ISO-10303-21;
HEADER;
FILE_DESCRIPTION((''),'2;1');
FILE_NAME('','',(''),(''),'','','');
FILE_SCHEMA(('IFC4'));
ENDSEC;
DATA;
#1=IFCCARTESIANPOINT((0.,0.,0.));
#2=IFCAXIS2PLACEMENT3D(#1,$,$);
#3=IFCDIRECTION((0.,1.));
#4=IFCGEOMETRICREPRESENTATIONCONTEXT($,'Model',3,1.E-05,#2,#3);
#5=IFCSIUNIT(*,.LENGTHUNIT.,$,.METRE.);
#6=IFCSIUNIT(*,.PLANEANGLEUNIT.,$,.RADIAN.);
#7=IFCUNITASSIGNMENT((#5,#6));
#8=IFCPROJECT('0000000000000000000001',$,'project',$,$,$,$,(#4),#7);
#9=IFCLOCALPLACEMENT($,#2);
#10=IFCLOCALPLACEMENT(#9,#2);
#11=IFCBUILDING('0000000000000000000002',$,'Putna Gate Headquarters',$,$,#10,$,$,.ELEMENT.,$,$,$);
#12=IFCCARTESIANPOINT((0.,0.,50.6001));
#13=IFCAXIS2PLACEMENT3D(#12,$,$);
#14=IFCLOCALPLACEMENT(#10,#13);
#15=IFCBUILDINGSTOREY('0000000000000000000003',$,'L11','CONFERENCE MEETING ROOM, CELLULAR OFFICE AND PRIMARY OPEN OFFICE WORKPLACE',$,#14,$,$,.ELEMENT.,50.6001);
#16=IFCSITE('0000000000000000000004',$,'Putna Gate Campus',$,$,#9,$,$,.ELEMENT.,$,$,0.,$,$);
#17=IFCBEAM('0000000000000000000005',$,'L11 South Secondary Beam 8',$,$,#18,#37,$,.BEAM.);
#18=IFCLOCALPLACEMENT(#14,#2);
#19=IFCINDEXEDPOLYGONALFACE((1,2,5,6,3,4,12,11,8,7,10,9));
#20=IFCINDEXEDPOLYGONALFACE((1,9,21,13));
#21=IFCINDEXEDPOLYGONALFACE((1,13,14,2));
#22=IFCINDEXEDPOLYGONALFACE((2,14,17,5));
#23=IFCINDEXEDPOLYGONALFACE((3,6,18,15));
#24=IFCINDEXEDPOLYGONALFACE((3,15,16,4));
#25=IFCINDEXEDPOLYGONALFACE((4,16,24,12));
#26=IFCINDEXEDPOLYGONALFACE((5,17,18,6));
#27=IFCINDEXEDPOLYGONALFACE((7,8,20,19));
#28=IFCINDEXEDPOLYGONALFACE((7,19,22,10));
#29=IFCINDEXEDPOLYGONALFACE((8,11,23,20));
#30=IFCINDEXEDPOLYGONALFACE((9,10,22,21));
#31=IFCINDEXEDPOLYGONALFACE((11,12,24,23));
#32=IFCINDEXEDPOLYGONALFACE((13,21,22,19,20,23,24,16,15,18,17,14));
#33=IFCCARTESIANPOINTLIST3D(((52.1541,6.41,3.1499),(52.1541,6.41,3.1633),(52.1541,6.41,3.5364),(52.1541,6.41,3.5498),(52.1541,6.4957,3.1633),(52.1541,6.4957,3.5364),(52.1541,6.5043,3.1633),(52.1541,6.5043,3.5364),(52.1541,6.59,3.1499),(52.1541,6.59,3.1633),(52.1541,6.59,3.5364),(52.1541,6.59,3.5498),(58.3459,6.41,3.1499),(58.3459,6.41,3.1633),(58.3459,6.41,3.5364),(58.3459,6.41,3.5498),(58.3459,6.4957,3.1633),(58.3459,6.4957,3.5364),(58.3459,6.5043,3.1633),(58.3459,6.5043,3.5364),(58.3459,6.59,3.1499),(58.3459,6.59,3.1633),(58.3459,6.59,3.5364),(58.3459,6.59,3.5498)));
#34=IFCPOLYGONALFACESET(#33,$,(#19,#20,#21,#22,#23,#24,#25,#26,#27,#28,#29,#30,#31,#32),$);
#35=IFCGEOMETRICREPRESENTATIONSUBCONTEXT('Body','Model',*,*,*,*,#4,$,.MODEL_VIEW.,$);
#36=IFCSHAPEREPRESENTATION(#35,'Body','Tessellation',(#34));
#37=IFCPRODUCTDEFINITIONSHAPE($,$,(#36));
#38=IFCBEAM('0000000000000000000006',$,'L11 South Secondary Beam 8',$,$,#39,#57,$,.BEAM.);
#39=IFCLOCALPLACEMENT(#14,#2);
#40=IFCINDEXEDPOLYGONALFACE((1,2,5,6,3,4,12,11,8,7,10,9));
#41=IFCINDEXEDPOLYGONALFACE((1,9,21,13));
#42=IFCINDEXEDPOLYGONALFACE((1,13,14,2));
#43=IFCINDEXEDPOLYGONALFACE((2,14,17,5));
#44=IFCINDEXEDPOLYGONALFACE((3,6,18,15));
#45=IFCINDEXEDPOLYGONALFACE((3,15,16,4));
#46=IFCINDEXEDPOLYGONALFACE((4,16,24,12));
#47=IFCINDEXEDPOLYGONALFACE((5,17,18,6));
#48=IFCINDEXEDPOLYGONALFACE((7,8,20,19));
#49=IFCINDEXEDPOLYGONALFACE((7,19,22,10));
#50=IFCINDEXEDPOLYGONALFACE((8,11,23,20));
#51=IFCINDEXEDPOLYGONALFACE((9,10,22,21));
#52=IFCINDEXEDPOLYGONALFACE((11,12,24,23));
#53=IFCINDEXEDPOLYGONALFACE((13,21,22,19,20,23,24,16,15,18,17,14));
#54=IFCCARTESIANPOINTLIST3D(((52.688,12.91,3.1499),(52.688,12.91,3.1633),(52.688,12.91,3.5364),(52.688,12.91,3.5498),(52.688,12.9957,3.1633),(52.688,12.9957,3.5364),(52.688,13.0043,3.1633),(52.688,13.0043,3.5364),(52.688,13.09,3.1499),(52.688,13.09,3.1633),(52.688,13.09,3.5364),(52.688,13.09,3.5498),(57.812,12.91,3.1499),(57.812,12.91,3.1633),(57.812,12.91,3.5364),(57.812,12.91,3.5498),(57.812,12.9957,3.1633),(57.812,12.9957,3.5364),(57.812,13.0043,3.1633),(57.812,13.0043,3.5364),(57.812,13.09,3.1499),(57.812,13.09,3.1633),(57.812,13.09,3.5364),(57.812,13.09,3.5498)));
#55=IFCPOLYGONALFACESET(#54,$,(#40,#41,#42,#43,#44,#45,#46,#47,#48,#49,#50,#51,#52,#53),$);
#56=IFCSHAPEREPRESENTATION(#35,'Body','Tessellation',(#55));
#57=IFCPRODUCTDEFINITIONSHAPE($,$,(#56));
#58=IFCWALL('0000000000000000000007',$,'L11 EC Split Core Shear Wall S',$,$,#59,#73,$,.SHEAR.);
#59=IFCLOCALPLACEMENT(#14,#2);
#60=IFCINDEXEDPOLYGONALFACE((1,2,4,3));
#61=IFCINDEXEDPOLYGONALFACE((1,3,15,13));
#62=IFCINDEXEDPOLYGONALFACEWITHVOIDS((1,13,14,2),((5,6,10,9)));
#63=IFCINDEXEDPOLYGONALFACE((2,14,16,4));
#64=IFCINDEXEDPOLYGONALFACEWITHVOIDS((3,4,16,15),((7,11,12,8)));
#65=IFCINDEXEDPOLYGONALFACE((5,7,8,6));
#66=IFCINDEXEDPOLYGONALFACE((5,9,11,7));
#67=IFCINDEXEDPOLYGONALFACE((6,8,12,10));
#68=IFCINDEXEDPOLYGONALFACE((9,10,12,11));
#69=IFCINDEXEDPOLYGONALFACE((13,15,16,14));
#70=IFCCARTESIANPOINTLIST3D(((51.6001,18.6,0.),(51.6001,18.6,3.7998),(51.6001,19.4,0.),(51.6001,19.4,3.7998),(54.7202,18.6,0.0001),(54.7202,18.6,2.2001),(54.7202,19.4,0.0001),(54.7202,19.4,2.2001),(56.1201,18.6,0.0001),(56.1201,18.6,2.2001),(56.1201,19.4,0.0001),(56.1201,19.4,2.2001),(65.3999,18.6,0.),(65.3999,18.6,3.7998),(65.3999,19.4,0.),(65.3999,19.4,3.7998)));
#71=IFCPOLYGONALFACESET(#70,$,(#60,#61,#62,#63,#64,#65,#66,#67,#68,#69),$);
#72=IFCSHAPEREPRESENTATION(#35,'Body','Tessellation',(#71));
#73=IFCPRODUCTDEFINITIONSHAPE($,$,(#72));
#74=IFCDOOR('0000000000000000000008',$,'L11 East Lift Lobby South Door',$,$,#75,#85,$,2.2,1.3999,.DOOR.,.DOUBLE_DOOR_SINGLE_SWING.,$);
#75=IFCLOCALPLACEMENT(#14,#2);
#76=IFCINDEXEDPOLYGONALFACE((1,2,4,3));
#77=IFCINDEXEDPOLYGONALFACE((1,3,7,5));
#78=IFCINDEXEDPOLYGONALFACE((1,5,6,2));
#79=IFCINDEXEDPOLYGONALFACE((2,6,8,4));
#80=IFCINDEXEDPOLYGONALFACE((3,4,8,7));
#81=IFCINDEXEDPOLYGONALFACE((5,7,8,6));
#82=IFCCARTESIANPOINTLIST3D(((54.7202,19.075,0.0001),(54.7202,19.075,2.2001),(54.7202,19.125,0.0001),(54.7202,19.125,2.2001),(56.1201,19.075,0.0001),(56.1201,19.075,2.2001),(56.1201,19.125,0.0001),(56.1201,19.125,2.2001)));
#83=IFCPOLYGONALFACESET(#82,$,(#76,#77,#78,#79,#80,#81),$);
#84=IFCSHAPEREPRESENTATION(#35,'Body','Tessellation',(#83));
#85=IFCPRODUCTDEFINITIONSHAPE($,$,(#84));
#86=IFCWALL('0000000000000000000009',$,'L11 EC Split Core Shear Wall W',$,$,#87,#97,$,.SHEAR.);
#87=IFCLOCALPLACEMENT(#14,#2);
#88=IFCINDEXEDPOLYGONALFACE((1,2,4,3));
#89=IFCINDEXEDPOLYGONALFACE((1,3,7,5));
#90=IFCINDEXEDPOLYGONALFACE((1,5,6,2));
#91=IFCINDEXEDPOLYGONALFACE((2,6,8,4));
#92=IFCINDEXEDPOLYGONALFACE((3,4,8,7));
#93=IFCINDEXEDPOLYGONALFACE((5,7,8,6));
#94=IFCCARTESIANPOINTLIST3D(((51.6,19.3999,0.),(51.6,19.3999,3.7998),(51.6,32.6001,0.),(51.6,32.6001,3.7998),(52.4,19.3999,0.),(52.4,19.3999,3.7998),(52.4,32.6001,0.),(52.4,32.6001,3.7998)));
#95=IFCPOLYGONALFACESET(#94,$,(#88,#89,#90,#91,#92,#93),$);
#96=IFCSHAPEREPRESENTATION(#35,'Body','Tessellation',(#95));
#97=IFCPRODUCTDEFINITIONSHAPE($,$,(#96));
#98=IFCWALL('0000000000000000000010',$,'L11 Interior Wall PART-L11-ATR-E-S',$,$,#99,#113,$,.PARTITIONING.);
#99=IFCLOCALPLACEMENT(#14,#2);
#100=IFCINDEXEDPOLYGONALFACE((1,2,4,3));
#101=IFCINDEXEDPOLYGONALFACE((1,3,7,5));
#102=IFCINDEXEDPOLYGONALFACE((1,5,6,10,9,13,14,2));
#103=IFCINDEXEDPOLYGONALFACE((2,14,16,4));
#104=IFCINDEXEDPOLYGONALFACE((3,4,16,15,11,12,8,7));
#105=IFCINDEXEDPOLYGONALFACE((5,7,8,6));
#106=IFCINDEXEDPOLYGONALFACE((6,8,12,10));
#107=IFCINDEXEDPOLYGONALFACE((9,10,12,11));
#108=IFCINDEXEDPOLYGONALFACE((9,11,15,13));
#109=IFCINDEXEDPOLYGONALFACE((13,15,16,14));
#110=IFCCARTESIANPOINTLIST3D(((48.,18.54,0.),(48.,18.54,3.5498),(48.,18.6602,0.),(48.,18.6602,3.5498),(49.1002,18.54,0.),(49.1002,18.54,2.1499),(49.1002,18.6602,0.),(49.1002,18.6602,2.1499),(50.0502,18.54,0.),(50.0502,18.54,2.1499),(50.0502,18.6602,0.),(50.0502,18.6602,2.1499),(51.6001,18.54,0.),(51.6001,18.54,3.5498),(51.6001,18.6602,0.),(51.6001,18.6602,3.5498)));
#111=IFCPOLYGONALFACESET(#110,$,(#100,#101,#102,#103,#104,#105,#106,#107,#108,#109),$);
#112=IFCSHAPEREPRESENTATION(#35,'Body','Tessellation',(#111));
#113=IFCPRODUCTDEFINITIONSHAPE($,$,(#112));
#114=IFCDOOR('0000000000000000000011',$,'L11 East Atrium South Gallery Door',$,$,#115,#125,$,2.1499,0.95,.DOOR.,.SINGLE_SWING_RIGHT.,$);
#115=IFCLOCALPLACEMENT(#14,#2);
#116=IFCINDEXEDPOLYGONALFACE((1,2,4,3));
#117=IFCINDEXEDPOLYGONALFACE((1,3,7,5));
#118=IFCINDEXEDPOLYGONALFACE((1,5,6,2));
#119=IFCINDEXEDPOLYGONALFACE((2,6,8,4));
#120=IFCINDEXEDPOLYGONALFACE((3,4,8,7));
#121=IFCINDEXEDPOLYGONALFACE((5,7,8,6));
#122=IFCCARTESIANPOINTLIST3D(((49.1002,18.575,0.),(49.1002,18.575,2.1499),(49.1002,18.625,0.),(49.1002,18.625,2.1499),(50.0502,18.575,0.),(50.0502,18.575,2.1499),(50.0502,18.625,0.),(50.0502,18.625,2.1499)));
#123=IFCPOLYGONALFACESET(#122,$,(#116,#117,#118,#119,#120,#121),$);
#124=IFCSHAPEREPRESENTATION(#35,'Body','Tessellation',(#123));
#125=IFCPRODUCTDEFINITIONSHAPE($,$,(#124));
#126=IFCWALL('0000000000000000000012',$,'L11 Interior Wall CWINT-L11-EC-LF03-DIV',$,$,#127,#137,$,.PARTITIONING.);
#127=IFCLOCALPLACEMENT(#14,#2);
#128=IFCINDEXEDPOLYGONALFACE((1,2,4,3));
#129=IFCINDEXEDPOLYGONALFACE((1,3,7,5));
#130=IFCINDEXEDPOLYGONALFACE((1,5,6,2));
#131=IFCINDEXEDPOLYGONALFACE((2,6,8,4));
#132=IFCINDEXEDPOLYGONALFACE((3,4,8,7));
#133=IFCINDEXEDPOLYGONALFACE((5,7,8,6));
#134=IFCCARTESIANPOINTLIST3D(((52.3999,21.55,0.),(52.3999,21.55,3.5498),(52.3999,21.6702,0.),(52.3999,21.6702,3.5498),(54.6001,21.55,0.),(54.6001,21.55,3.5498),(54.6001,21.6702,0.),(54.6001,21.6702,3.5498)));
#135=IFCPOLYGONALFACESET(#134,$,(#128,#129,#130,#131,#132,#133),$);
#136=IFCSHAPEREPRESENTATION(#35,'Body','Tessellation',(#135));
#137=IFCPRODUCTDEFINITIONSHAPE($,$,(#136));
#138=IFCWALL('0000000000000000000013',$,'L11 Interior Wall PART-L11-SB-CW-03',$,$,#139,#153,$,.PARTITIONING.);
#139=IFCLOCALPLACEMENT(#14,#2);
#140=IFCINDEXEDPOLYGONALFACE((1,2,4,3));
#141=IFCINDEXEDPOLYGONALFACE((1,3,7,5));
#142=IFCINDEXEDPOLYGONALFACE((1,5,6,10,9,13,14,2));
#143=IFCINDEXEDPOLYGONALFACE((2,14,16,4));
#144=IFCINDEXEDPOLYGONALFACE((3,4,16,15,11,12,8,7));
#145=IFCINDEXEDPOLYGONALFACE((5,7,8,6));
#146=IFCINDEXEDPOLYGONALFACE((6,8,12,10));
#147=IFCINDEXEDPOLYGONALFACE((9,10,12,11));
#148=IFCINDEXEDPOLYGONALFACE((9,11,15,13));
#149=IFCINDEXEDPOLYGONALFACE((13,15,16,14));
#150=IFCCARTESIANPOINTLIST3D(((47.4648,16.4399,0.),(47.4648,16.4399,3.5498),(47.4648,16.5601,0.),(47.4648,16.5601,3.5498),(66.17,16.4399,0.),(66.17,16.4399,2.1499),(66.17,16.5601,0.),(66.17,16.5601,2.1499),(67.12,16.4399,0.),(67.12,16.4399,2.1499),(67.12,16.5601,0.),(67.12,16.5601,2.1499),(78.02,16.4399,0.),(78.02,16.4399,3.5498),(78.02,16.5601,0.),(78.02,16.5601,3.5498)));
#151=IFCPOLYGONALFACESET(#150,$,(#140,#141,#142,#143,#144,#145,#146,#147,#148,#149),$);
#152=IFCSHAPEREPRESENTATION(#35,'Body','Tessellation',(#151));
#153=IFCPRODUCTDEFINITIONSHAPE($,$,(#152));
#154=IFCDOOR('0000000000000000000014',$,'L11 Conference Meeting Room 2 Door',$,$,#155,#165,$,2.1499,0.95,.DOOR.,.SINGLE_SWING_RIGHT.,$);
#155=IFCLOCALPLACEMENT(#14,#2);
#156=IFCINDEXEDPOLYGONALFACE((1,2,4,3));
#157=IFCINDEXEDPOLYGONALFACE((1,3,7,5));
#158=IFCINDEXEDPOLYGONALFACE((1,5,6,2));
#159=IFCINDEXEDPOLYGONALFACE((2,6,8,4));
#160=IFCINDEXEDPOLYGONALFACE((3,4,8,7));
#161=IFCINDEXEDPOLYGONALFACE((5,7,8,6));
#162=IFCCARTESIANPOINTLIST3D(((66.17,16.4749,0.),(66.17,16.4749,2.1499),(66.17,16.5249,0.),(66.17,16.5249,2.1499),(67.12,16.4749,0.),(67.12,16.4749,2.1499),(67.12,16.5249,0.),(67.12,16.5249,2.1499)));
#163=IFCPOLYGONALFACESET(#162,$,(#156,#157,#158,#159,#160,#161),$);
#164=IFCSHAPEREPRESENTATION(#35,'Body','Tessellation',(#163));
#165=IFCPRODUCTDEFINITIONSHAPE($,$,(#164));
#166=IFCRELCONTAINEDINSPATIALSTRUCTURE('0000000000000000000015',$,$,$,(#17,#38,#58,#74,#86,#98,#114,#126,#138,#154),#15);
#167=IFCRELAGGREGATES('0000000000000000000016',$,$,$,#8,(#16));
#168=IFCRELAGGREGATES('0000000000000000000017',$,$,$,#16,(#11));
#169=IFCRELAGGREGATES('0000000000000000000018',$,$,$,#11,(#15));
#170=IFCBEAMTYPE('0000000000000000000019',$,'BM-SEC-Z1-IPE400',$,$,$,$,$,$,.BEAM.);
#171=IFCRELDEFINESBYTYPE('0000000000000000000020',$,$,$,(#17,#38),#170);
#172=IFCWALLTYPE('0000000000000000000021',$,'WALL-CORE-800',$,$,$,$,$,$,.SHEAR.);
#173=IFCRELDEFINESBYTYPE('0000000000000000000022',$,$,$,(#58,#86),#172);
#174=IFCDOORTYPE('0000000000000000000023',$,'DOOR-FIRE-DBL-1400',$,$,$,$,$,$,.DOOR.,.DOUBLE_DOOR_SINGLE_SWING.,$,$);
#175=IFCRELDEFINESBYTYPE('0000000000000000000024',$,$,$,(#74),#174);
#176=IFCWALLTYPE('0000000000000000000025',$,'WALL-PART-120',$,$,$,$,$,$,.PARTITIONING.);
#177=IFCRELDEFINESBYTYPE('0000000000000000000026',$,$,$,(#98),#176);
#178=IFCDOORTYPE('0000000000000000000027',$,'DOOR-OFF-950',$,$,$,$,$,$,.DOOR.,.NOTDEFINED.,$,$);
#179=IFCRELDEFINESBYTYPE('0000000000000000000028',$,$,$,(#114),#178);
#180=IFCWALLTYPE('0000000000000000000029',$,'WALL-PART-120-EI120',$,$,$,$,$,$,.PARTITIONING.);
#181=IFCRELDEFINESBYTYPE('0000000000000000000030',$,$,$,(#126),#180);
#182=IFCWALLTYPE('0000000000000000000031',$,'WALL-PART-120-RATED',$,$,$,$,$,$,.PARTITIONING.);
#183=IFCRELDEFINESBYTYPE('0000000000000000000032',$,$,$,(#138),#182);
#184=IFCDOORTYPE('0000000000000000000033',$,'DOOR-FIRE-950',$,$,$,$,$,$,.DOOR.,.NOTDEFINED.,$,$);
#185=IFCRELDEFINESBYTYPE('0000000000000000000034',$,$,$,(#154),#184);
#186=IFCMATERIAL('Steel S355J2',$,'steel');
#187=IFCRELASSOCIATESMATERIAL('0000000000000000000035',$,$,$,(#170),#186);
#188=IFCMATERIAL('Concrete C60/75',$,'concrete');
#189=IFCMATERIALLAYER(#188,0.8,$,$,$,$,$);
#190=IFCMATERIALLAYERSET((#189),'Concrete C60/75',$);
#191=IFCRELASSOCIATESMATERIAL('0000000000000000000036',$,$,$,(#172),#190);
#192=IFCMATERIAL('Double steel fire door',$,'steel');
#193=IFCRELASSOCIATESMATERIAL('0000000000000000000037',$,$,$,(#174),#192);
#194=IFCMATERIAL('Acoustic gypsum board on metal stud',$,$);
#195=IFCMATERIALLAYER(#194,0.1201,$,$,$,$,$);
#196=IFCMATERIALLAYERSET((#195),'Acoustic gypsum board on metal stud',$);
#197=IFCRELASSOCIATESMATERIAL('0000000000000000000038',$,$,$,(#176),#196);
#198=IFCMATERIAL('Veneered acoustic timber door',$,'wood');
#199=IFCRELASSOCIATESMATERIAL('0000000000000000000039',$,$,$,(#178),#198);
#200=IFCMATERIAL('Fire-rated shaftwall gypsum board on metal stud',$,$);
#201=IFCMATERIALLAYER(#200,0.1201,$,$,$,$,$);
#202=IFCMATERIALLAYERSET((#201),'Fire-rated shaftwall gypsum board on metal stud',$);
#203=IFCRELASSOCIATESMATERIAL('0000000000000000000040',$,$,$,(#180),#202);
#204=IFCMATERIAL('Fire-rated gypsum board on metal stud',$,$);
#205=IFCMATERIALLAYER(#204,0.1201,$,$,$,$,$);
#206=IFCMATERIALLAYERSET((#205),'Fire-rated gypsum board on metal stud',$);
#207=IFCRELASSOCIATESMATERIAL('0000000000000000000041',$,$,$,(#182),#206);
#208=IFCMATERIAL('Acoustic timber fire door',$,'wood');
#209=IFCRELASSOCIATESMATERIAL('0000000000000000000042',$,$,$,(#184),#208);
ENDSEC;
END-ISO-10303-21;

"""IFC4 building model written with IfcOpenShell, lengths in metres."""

from ifc_helpers import new_model, si_unit, direction, frame, frame_2d, origin, origin_2d, place, context, subcontext, project, spatial, rectangle, i_section, extrude, material, layer, layer_set, material_profile, profile_set, type_object, element, fill, save


model = new_model("IFC4")

# Units and contexts
model_context = context("Model", 3, precision=1e-05, world=origin(), true_north=direction((0.0, 1.0)))
body_context = subcontext(model_context, "Body", "Model", "MODEL_VIEW")
ifc_project = project(units=[si_unit("LENGTHUNIT", "METRE"), si_unit("PLANEANGLEUNIT", "RADIAN")], contexts=[model_context])

# Site, building, storey
site_placement = place(None, origin())
site = spatial("IfcSite", under=ifc_project, at=site_placement, Name="Putna Gate Campus", CompositionType="ELEMENT", RefElevation=0.0)
building_placement = place(site_placement, origin())
building = spatial("IfcBuilding", under=site, at=building_placement, Name="Putna Gate Headquarters", CompositionType="ELEMENT")
storey_placement = place(building_placement, frame((0.0, 0.0, 50.6001)))
storey = spatial("IfcBuildingStorey", under=building, at=storey_placement, Name="L11", Description="CONFERENCE MEETING ROOM, CELLULAR OFFICE AND PRIMARY OPEN OFFICE WORKPLACE", CompositionType="ELEMENT", Elevation=50.6001)

# Shared definitions
ifc_material_1 = material(Name="Concrete C60/75", Category="concrete")

# Beams
ifc_material_2 = material(Name="Steel S355J2", Category="steel")
ifc_material_profile_1 = material_profile(ifc_material_2, i_section(OverallWidth=0.1799, OverallDepth=0.3999, WebThickness=0.0085, FlangeThickness=0.0134, at=origin_2d()), Name="Steel S355J2")
ifc_profile_set_1 = profile_set([ifc_material_profile_1], Name="Steel S355J2")
beam_type_1 = type_object("IfcBeamType", Name="BM-SEC-Z1-IPE400", PredefinedType="BEAM", material=ifc_profile_set_1)
beam_1_placement = place(storey_placement, frame((52.1541, 6.5, 3.3499), z_axis=(1.0, 0.0, 0.0), x_axis=(0.0, 1.0, 0.0)))
element("IfcBeam", 1, at=beam_1_placement, inside=storey, type_object=beam_type_1, Name="L11 South Secondary Beam 8", PredefinedType="BEAM", context=body_context, shape_type="SweptSolid", body=[
    extrude(i_section(OverallWidth=0.1799, OverallDepth=0.3999, WebThickness=0.0085, FlangeThickness=0.0134, at=origin_2d()), origin(), (0.0, 0.0, 1.0), 6.1919),
])
beam_2_placement = place(storey_placement, frame((52.688, 13.0, 3.3499), z_axis=(1.0, 0.0, 0.0), x_axis=(0.0, 1.0, 0.0)))
element("IfcBeam", 2, at=beam_2_placement, inside=storey, type_object=beam_type_1, Name="L11 South Secondary Beam 8", PredefinedType="BEAM", context=body_context, shape_type="SweptSolid", body=[
    extrude(i_section(OverallWidth=0.1799, OverallDepth=0.3999, WebThickness=0.0085, FlangeThickness=0.0134, at=origin_2d()), origin(), (0.0, 0.0, 1.0), 5.124),
])

# Wall, opening, door
ifc_layer_1 = layer(ifc_material_1, 0.8)
ifc_layer_set_1 = layer_set([ifc_layer_1], Name="Concrete C60/75")
wall_type_1 = type_object("IfcWallType", Name="WALL-CORE-800", PredefinedType="SHEAR", material=ifc_layer_set_1)
wall_1_placement = place(storey_placement, frame((51.6001, 19.0, 0.0), z_axis=(0.0, 0.0, 1.0), x_axis=(1.0, 0.0, 0.0)))
wall_1 = element("IfcWall", 3, at=wall_1_placement, inside=storey, type_object=wall_type_1, Name="L11 EC Split Core Shear Wall S", PredefinedType="SHEAR", context=body_context, shape_type="SweptSolid", body=[
    extrude(rectangle(XDim=13.7998, YDim=0.8, at=frame_2d((6.8999, 0.0))), origin(), (0.0, 0.0, 1.0), 3.7998),
])
opening_1_placement = place(wall_1_placement, frame((3.1201, 0.0, 0.0)))
opening_1 = element("IfcOpeningElement", 4, at=opening_1_placement, cuts=wall_1, PredefinedType="OPENING", context=body_context, shape_type="SweptSolid", body=[
    extrude(rectangle(XDim=1.3999, YDim=2.2, at=frame_2d((0.7, 1.1001))), frame((0.0, 0.4099, 0.0), z_axis=(0.0, -1.0, 0.0), x_axis=(1.0, 0.0, 0.0)), (0.0, 0.0, 1.0), 0.8201),
])
ifc_material_3 = material(Name="Double steel fire door", Category="steel")
door_type_1 = type_object("IfcDoorType", Name="DOOR-FIRE-DBL-1400", OperationType="DOUBLE_DOOR_SINGLE_SWING", PredefinedType="DOOR", material=ifc_material_3)
door_1_placement = place(opening_1_placement, origin())
door_1 = element("IfcDoor", 5, at=door_1_placement, inside=storey, type_object=door_type_1, Name="L11 East Lift Lobby South Door", OperationType="DOUBLE_DOOR_SINGLE_SWING", OverallHeight=2.2, OverallWidth=1.3999, PredefinedType="DOOR", context=body_context, shape_type="SweptSolid", body=[
    extrude(rectangle(XDim=1.3999, YDim=2.2, at=frame_2d((0.7, 1.1001))), frame((0.0, 0.125, 0.0), z_axis=(0.0, -1.0, 0.0), x_axis=(1.0, 0.0, 0.0)), (0.0, 0.0, 1.0), 0.05),
])
fill(opening_1, door_1)

# Wall
wall_2_placement = place(storey_placement, frame((52.0, 19.3999, 0.0), z_axis=(0.0, 0.0, 1.0), x_axis=(0.0, 1.0, 0.0)))
element("IfcWall", 6, at=wall_2_placement, inside=storey, type_object=wall_type_1, Name="L11 EC Split Core Shear Wall W", PredefinedType="SHEAR", context=body_context, shape_type="SweptSolid", body=[
    extrude(rectangle(XDim=13.2002, YDim=0.8, at=frame_2d((6.6001, 0.0))), origin(), (0.0, 0.0, 1.0), 3.7998),
])

# Wall, opening, door
ifc_material_4 = material(Name="Acoustic gypsum board on metal stud")
ifc_layer_2 = layer(ifc_material_4, 0.1201)
ifc_layer_set_2 = layer_set([ifc_layer_2], Name="Acoustic gypsum board on metal stud")
wall_type_2 = type_object("IfcWallType", Name="WALL-PART-120", PredefinedType="PARTITIONING", material=ifc_layer_set_2)
wall_3_placement = place(storey_placement, frame((48.0, 18.6001, 0.0), z_axis=(0.0, 0.0, 1.0), x_axis=(1.0, 0.0, 0.0)))
wall_3 = element("IfcWall", 7, at=wall_3_placement, inside=storey, type_object=wall_type_2, Name="L11 Interior Wall PART-L11-ATR-E-S", PredefinedType="PARTITIONING", context=body_context, shape_type="SweptSolid", body=[
    extrude(rectangle(XDim=3.6001, YDim=0.1201, at=frame_2d((1.8, 0.0))), origin(), (0.0, 0.0, 1.0), 3.5498),
])
opening_2_placement = place(wall_3_placement, frame((1.1001, 0.0, 0.0)))
opening_2 = element("IfcOpeningElement", 8, at=opening_2_placement, cuts=wall_3, PredefinedType="OPENING", context=body_context, shape_type="SweptSolid", body=[
    extrude(rectangle(XDim=0.95, YDim=2.1499, at=frame_2d((0.4751, 1.075))), frame((0.0, 0.0701, 0.0), z_axis=(0.0, -1.0, 0.0), x_axis=(1.0, 0.0, 0.0)), (0.0, 0.0, 1.0), 0.1401),
])
ifc_material_5 = material(Name="Veneered acoustic timber door", Category="wood")
door_type_2 = type_object("IfcDoorType", Name="DOOR-OFF-950", OperationType="NOTDEFINED", PredefinedType="DOOR", material=ifc_material_5)
door_2_placement = place(opening_2_placement, origin())
door_2 = element("IfcDoor", 9, at=door_2_placement, inside=storey, type_object=door_type_2, Name="L11 East Atrium South Gallery Door", OperationType="SINGLE_SWING_RIGHT", OverallHeight=2.1499, OverallWidth=0.95, PredefinedType="DOOR", context=body_context, shape_type="SweptSolid", body=[
    extrude(rectangle(XDim=0.95, YDim=2.1499, at=frame_2d((0.4751, 1.075))), frame((0.0, 0.0249, 0.0), z_axis=(0.0, -1.0, 0.0), x_axis=(1.0, 0.0, 0.0)), (0.0, 0.0, 1.0), 0.05),
])
fill(opening_2, door_2)

# Wall
ifc_material_6 = material(Name="Fire-rated shaftwall gypsum board on metal stud")
ifc_layer_3 = layer(ifc_material_6, 0.1201)
ifc_layer_set_3 = layer_set([ifc_layer_3], Name="Fire-rated shaftwall gypsum board on metal stud")
wall_type_3 = type_object("IfcWallType", Name="WALL-PART-120-EI120", PredefinedType="PARTITIONING", material=ifc_layer_set_3)
wall_4_placement = place(storey_placement, frame((52.3999, 21.6101, 0.0), z_axis=(0.0, 0.0, 1.0), x_axis=(1.0, 0.0, 0.0)))
element("IfcWall", 10, at=wall_4_placement, inside=storey, type_object=wall_type_3, Name="L11 Interior Wall CWINT-L11-EC-LF03-DIV", PredefinedType="PARTITIONING", context=body_context, shape_type="SweptSolid", body=[
    extrude(rectangle(XDim=2.2002, YDim=0.1201, at=frame_2d((1.1001, 0.0))), origin(), (0.0, 0.0, 1.0), 3.5498),
])

# Wall, opening, door
ifc_material_7 = material(Name="Fire-rated gypsum board on metal stud")
ifc_layer_4 = layer(ifc_material_7, 0.1201)
ifc_layer_set_4 = layer_set([ifc_layer_4], Name="Fire-rated gypsum board on metal stud")
wall_type_4 = type_object("IfcWallType", Name="WALL-PART-120-RATED", PredefinedType="PARTITIONING", material=ifc_layer_set_4)
wall_5_placement = place(storey_placement, frame((47.4648, 16.5, 0.0), z_axis=(0.0, 0.0, 1.0), x_axis=(1.0, 0.0, 0.0)))
wall_5 = element("IfcWall", 11, at=wall_5_placement, inside=storey, type_object=wall_type_4, Name="L11 Interior Wall PART-L11-SB-CW-03", PredefinedType="PARTITIONING", context=body_context, shape_type="SweptSolid", body=[
    extrude(rectangle(XDim=30.5552, YDim=0.1201, at=frame_2d((15.2776, 0.0))), origin(), (0.0, 0.0, 1.0), 3.5498),
])
opening_3_placement = place(wall_5_placement, frame((18.7051, 0.0, 0.0)))
opening_3 = element("IfcOpeningElement", 12, at=opening_3_placement, cuts=wall_5, PredefinedType="OPENING", context=body_context, shape_type="SweptSolid", body=[
    extrude(rectangle(XDim=0.95, YDim=2.1499, at=frame_2d((0.4751, 1.075))), frame((0.0, 0.0701, 0.0), z_axis=(0.0, -1.0, 0.0), x_axis=(1.0, 0.0, 0.0)), (0.0, 0.0, 1.0), 0.1401),
])
ifc_material_8 = material(Name="Acoustic timber fire door", Category="wood")
door_type_3 = type_object("IfcDoorType", Name="DOOR-FIRE-950", OperationType="NOTDEFINED", PredefinedType="DOOR", material=ifc_material_8)
door_3_placement = place(opening_3_placement, origin())
door_3 = element("IfcDoor", 13, at=door_3_placement, inside=storey, type_object=door_type_3, Name="L11 Conference Meeting Room 2 Door", OperationType="SINGLE_SWING_RIGHT", OverallHeight=2.1499, OverallWidth=0.95, PredefinedType="DOOR", context=body_context, shape_type="SweptSolid", body=[
    extrude(rectangle(XDim=0.95, YDim=2.1499, at=frame_2d((0.4751, 1.075))), frame((0.0, 0.0249, 0.0), z_axis=(0.0, -1.0, 0.0), x_axis=(1.0, 0.0, 0.0)), (0.0, 0.0, 1.0), 0.05),
])
fill(opening_3, door_3)

save(model, "model.ifc")
